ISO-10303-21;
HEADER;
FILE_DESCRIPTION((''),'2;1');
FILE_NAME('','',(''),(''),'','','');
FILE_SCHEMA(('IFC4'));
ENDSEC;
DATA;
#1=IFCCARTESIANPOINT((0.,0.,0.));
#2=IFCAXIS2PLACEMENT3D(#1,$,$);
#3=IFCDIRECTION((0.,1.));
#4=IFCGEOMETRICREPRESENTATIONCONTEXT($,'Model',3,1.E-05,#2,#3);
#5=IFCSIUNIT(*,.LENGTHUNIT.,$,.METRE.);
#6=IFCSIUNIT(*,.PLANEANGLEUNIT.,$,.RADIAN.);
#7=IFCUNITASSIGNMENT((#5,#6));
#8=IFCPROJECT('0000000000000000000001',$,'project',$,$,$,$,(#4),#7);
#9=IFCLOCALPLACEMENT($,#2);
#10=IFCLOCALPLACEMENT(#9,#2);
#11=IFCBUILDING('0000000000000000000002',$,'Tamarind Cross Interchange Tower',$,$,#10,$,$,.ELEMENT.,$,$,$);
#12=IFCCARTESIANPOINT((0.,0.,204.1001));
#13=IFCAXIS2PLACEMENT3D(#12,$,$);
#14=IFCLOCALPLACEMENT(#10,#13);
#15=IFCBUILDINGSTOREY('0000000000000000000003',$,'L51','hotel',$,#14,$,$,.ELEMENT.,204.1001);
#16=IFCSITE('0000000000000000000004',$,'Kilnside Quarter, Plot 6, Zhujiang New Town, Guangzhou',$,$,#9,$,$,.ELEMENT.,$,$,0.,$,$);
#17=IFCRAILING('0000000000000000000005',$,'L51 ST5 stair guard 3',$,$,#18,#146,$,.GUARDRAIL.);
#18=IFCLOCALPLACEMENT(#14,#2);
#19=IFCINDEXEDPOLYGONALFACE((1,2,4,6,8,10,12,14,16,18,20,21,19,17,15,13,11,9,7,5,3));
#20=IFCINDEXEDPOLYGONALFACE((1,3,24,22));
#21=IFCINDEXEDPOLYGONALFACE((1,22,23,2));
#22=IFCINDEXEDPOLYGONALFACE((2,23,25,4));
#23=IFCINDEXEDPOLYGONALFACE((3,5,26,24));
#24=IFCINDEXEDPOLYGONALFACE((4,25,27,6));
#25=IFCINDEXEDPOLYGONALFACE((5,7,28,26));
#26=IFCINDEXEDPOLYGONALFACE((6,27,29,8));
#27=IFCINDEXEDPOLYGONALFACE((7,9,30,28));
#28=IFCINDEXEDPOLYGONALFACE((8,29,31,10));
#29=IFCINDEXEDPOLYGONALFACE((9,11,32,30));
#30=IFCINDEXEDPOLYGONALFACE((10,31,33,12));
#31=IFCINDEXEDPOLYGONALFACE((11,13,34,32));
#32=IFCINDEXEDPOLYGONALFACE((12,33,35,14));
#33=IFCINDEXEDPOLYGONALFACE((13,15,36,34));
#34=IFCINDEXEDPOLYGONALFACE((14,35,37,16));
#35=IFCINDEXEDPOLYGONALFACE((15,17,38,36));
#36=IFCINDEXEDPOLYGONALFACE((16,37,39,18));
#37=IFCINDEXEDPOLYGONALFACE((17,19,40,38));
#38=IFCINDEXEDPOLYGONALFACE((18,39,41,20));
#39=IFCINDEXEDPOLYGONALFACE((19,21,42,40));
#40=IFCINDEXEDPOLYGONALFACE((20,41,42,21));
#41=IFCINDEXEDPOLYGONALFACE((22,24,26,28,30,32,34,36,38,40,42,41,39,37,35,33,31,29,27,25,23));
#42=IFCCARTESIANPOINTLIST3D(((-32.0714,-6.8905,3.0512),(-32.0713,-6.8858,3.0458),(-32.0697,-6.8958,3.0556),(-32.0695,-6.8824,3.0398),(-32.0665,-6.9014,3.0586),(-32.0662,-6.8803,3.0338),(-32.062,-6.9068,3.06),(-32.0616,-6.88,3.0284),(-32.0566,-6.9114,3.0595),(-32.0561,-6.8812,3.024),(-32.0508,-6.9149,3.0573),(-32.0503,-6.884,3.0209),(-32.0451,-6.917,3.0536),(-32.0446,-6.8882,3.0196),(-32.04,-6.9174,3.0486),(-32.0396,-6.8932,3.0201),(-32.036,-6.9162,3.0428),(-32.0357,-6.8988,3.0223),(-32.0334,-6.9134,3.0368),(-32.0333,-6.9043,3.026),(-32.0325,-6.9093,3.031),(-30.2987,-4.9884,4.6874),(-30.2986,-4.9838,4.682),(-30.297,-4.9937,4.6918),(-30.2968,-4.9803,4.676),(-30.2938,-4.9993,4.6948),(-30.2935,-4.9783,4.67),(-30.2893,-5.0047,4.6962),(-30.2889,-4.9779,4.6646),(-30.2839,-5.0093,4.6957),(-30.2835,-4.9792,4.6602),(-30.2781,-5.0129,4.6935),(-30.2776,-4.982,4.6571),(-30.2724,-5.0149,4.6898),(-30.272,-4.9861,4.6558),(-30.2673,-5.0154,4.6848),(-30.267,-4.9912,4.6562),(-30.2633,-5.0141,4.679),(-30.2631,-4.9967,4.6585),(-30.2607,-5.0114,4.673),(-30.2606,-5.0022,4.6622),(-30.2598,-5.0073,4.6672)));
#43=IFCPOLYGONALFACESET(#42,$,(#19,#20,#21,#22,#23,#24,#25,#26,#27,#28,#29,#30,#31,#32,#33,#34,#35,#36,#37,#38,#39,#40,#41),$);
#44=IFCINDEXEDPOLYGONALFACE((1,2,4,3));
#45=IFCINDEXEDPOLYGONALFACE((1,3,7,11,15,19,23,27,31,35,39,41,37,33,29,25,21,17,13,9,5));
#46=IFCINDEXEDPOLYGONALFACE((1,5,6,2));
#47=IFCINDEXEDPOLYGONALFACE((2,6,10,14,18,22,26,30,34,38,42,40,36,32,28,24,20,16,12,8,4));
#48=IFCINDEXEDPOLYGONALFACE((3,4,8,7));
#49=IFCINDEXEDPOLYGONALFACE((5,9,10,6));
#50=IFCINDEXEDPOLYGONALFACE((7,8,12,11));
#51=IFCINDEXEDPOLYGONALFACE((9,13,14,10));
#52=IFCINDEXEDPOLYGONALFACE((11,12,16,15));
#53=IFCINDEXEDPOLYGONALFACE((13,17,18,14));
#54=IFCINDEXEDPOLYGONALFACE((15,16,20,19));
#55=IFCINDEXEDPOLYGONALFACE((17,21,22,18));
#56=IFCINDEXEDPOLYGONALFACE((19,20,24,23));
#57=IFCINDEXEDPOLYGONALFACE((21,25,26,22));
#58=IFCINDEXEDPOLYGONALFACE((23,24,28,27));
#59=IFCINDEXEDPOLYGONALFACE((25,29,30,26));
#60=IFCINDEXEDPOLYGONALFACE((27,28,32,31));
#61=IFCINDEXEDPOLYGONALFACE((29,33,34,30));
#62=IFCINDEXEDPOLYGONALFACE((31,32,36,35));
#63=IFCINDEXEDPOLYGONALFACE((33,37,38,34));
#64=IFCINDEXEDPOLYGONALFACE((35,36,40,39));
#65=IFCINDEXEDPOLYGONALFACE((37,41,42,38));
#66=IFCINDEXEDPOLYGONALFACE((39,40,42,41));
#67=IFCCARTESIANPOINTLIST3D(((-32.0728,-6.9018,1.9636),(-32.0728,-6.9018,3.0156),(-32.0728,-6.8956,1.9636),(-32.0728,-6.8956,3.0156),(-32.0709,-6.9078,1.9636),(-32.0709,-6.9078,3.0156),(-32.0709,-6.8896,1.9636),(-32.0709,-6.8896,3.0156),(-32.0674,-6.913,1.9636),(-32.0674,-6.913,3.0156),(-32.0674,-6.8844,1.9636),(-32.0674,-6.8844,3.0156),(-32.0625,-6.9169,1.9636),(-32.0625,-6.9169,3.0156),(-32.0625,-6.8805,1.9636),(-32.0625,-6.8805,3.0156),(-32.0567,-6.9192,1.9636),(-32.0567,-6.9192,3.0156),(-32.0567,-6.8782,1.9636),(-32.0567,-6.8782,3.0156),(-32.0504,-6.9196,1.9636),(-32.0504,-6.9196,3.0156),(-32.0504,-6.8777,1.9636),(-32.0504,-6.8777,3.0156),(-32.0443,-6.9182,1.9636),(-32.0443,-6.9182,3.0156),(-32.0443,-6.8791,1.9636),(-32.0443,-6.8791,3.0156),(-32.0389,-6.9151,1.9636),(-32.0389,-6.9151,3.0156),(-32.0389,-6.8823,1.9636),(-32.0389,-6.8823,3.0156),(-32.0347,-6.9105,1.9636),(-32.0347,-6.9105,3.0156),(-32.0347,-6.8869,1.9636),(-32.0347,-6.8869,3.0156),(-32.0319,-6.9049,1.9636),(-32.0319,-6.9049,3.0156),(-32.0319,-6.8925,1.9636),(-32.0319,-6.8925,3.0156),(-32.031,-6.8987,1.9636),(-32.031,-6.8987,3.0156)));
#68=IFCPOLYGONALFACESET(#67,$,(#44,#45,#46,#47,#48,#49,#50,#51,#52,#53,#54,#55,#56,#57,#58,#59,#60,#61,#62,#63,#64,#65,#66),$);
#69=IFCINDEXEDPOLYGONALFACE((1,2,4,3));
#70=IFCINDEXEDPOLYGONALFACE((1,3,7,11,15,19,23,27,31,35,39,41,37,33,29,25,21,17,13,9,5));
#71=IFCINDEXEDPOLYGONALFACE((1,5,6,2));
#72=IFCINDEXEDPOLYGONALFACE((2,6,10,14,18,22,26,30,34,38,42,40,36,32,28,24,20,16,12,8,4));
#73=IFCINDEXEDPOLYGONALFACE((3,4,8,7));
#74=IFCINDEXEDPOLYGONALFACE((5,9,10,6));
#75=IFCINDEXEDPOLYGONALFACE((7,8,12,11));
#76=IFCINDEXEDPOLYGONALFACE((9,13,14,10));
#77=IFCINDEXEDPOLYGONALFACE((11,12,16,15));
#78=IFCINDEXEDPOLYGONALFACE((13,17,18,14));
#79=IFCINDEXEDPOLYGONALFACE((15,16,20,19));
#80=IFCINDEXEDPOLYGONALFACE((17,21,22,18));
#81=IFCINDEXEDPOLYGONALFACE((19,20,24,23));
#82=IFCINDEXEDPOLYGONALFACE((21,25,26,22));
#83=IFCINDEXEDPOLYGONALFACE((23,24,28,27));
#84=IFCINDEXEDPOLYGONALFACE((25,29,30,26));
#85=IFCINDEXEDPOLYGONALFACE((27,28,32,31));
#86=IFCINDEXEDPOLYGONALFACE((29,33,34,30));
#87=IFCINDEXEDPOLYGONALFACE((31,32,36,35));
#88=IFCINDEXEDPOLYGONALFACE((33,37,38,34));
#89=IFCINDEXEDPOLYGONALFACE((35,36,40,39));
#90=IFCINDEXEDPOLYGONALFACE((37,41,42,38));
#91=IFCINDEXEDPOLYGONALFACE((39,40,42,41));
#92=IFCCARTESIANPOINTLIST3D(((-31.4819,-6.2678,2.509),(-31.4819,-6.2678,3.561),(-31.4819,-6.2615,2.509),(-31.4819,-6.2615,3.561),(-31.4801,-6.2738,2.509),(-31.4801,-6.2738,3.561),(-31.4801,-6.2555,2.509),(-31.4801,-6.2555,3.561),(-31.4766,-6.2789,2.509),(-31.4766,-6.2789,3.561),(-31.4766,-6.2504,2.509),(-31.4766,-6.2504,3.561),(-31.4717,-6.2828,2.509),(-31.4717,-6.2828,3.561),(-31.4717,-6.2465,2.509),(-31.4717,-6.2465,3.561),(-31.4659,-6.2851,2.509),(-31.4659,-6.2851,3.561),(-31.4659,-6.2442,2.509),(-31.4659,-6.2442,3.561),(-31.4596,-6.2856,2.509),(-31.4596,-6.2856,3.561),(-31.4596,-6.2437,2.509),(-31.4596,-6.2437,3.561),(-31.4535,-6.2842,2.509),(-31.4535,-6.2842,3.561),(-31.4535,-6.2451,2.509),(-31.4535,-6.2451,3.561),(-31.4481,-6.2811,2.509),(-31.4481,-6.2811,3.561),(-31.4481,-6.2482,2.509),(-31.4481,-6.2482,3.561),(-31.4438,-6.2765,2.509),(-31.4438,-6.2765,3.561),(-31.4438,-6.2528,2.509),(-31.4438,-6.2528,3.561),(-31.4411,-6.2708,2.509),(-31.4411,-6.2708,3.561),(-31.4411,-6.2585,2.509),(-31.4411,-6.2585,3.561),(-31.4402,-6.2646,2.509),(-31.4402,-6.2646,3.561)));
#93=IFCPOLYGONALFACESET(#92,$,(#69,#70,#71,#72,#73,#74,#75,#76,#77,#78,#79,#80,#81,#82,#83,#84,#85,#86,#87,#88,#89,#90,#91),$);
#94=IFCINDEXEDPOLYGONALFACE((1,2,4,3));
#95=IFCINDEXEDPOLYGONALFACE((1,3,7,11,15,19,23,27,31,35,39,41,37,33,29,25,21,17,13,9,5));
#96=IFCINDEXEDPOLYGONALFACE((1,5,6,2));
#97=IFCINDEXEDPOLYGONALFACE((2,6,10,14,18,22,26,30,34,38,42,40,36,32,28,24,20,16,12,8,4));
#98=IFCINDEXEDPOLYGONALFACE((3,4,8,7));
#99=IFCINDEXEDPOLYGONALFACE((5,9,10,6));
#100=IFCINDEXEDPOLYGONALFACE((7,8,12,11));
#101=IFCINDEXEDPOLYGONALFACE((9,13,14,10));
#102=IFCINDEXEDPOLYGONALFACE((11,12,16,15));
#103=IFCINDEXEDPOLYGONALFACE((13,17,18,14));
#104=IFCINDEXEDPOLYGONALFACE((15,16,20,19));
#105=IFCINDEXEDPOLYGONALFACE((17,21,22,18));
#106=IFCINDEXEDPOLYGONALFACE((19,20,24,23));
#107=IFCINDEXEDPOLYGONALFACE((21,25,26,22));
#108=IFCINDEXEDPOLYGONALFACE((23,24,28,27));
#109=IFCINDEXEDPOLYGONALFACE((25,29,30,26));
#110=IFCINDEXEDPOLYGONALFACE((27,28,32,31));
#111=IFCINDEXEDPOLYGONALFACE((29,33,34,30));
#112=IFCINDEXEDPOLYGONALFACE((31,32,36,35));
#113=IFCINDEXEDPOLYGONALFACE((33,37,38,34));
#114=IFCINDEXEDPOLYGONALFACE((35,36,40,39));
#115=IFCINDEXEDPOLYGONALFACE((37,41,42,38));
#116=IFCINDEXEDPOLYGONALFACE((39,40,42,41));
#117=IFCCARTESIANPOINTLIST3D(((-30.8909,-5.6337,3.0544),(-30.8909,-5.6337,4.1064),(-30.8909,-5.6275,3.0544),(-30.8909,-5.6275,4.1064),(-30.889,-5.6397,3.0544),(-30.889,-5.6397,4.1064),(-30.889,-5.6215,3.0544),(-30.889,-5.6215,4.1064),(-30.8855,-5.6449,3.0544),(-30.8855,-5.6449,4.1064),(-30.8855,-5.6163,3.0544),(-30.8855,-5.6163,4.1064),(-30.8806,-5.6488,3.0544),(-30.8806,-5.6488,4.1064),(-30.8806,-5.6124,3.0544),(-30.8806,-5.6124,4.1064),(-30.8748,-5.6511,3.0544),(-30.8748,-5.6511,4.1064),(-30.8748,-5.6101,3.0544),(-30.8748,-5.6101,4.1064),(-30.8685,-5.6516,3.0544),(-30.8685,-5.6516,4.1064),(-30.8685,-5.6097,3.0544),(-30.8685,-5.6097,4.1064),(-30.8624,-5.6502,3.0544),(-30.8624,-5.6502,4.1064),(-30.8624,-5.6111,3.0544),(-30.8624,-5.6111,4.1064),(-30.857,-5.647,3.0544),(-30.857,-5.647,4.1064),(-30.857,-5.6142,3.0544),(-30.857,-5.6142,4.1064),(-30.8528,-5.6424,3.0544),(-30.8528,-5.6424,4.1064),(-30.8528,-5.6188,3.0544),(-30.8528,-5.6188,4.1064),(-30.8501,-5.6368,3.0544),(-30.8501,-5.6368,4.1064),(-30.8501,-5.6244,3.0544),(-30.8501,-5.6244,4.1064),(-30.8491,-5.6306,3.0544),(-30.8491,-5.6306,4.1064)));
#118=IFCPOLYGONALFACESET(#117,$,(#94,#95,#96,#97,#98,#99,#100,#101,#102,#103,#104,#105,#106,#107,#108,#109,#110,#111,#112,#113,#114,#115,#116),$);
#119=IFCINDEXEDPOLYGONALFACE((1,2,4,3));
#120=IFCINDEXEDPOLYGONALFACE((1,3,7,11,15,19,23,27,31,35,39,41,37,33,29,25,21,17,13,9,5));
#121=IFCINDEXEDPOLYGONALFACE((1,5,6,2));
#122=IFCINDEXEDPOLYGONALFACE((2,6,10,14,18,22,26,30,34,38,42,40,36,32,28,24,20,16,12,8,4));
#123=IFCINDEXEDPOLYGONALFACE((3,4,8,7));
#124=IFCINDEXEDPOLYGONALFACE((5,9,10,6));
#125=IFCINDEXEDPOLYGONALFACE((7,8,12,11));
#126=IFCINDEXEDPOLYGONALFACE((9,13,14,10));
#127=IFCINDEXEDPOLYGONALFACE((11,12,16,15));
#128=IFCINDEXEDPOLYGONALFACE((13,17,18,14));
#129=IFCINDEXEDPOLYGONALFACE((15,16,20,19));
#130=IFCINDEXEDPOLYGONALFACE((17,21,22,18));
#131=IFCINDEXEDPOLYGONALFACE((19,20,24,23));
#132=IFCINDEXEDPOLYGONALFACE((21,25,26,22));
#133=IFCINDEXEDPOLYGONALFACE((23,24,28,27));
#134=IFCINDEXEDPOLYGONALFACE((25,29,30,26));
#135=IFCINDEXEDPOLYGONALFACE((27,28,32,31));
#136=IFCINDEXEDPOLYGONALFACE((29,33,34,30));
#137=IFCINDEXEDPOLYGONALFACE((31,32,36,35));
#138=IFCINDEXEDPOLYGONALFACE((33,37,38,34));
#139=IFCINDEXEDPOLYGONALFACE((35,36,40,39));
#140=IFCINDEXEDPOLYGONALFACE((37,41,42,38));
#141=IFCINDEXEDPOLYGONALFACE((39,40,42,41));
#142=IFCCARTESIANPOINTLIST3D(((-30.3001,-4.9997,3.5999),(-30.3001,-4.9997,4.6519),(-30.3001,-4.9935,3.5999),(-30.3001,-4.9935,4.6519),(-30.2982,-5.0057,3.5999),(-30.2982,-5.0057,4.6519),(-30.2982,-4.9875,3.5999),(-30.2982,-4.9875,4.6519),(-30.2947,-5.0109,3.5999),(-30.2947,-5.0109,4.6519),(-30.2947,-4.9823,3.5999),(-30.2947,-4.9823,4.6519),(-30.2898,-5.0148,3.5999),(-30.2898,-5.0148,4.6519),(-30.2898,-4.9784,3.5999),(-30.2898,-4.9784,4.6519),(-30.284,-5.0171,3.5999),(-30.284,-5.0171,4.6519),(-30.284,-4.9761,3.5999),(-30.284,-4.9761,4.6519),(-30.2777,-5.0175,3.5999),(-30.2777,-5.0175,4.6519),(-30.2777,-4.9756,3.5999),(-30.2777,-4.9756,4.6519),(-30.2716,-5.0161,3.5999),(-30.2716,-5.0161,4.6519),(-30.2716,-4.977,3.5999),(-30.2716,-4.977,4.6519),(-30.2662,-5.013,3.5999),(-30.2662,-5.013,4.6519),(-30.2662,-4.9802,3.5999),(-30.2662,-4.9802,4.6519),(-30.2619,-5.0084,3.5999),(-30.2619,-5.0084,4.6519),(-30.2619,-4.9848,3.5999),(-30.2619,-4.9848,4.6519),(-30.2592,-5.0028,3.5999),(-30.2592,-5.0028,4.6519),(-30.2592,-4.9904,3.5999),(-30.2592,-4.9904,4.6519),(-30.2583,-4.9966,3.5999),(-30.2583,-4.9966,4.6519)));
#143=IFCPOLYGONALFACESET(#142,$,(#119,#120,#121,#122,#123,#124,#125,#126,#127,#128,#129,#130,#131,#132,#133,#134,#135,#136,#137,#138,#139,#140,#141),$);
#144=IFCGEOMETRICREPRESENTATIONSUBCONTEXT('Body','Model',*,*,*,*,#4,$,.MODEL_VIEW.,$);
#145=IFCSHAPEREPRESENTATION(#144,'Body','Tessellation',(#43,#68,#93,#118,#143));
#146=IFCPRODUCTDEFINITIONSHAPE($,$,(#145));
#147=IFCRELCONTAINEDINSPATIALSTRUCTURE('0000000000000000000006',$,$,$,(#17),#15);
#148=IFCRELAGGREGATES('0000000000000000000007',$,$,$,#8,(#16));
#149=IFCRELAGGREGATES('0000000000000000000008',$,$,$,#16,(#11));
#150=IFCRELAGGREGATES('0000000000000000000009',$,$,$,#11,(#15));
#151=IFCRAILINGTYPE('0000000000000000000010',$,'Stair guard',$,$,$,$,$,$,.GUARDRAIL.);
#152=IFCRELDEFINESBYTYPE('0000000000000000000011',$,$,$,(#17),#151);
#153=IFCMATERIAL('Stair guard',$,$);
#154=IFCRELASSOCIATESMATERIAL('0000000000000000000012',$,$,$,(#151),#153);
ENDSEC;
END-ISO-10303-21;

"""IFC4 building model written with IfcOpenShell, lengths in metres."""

from ifc_helpers import new_model, si_unit, direction, frame, origin, origin_2d, place, context, subcontext, project, spatial, circle, extrude, material, type_object, element, save


model = new_model("IFC4")

# Units and contexts
model_context = context("Model", 3, precision=1e-05, world=origin(), true_north=direction((0.0, 1.0)))
body_context = subcontext(model_context, "Body", "Model", "MODEL_VIEW")
ifc_project = project(units=[si_unit("LENGTHUNIT", "METRE"), si_unit("PLANEANGLEUNIT", "RADIAN")], contexts=[model_context])

# Site, building, storey
site_placement = place(None, origin())
site = spatial("IfcSite", under=ifc_project, at=site_placement, Name="Kilnside Quarter, Plot 6, Zhujiang New Town, Guangzhou", CompositionType="ELEMENT", RefElevation=0.0)
building_placement = place(site_placement, origin())
building = spatial("IfcBuilding", under=site, at=building_placement, Name="Tamarind Cross Interchange Tower", CompositionType="ELEMENT")
storey_placement = place(building_placement, frame((0.0, 0.0, 204.1001)))
storey = spatial("IfcBuildingStorey", under=building, at=storey_placement, Name="L51", Description="hotel", CompositionType="ELEMENT", Elevation=204.1001)

# Railing
ifc_material_1 = material(Name="Stair guard")
railing_type_1 = type_object("IfcRailingType", Name="Stair guard", PredefinedType="GUARDRAIL", material=ifc_material_1)
railing_1_placement = place(storey_placement, frame((-32.052, -6.8987, 1.9636)))
element("IfcRailing", 1, at=railing_1_placement, inside=storey, type_object=railing_type_1, Name="L51 ST5 stair guard 3", PredefinedType="GUARDRAIL", context=body_context, shape_type="SweptSolid", body=[
    extrude(circle(Radius=0.0239, at=origin_2d()), frame((0.0, 0.0, 1.0762), z_axis=(0.577036, 0.619156, 0.532612), x_axis=(-0.731552, 0.681786, 0.0)), (0.0, 0.0, 1.0), 3.072),
    extrude(circle(Radius=0.021, at=origin_2d()), origin(), (0.0, 0.0, 1.0), 1.052),
    extrude(circle(Radius=0.021, at=origin_2d()), frame((0.5908, 0.634, 0.5454)), (0.0, 0.0, 1.0), 1.052),
    extrude(circle(Radius=0.021, at=origin_2d()), frame((1.1819, 1.2681, 1.0908)), (0.0, 0.0, 1.0), 1.052),
    extrude(circle(Radius=0.021, at=origin_2d()), frame((1.7727, 1.9021, 1.6362)), (0.0, 0.0, 1.0), 1.052),
])

save(model, "model.ifc")
